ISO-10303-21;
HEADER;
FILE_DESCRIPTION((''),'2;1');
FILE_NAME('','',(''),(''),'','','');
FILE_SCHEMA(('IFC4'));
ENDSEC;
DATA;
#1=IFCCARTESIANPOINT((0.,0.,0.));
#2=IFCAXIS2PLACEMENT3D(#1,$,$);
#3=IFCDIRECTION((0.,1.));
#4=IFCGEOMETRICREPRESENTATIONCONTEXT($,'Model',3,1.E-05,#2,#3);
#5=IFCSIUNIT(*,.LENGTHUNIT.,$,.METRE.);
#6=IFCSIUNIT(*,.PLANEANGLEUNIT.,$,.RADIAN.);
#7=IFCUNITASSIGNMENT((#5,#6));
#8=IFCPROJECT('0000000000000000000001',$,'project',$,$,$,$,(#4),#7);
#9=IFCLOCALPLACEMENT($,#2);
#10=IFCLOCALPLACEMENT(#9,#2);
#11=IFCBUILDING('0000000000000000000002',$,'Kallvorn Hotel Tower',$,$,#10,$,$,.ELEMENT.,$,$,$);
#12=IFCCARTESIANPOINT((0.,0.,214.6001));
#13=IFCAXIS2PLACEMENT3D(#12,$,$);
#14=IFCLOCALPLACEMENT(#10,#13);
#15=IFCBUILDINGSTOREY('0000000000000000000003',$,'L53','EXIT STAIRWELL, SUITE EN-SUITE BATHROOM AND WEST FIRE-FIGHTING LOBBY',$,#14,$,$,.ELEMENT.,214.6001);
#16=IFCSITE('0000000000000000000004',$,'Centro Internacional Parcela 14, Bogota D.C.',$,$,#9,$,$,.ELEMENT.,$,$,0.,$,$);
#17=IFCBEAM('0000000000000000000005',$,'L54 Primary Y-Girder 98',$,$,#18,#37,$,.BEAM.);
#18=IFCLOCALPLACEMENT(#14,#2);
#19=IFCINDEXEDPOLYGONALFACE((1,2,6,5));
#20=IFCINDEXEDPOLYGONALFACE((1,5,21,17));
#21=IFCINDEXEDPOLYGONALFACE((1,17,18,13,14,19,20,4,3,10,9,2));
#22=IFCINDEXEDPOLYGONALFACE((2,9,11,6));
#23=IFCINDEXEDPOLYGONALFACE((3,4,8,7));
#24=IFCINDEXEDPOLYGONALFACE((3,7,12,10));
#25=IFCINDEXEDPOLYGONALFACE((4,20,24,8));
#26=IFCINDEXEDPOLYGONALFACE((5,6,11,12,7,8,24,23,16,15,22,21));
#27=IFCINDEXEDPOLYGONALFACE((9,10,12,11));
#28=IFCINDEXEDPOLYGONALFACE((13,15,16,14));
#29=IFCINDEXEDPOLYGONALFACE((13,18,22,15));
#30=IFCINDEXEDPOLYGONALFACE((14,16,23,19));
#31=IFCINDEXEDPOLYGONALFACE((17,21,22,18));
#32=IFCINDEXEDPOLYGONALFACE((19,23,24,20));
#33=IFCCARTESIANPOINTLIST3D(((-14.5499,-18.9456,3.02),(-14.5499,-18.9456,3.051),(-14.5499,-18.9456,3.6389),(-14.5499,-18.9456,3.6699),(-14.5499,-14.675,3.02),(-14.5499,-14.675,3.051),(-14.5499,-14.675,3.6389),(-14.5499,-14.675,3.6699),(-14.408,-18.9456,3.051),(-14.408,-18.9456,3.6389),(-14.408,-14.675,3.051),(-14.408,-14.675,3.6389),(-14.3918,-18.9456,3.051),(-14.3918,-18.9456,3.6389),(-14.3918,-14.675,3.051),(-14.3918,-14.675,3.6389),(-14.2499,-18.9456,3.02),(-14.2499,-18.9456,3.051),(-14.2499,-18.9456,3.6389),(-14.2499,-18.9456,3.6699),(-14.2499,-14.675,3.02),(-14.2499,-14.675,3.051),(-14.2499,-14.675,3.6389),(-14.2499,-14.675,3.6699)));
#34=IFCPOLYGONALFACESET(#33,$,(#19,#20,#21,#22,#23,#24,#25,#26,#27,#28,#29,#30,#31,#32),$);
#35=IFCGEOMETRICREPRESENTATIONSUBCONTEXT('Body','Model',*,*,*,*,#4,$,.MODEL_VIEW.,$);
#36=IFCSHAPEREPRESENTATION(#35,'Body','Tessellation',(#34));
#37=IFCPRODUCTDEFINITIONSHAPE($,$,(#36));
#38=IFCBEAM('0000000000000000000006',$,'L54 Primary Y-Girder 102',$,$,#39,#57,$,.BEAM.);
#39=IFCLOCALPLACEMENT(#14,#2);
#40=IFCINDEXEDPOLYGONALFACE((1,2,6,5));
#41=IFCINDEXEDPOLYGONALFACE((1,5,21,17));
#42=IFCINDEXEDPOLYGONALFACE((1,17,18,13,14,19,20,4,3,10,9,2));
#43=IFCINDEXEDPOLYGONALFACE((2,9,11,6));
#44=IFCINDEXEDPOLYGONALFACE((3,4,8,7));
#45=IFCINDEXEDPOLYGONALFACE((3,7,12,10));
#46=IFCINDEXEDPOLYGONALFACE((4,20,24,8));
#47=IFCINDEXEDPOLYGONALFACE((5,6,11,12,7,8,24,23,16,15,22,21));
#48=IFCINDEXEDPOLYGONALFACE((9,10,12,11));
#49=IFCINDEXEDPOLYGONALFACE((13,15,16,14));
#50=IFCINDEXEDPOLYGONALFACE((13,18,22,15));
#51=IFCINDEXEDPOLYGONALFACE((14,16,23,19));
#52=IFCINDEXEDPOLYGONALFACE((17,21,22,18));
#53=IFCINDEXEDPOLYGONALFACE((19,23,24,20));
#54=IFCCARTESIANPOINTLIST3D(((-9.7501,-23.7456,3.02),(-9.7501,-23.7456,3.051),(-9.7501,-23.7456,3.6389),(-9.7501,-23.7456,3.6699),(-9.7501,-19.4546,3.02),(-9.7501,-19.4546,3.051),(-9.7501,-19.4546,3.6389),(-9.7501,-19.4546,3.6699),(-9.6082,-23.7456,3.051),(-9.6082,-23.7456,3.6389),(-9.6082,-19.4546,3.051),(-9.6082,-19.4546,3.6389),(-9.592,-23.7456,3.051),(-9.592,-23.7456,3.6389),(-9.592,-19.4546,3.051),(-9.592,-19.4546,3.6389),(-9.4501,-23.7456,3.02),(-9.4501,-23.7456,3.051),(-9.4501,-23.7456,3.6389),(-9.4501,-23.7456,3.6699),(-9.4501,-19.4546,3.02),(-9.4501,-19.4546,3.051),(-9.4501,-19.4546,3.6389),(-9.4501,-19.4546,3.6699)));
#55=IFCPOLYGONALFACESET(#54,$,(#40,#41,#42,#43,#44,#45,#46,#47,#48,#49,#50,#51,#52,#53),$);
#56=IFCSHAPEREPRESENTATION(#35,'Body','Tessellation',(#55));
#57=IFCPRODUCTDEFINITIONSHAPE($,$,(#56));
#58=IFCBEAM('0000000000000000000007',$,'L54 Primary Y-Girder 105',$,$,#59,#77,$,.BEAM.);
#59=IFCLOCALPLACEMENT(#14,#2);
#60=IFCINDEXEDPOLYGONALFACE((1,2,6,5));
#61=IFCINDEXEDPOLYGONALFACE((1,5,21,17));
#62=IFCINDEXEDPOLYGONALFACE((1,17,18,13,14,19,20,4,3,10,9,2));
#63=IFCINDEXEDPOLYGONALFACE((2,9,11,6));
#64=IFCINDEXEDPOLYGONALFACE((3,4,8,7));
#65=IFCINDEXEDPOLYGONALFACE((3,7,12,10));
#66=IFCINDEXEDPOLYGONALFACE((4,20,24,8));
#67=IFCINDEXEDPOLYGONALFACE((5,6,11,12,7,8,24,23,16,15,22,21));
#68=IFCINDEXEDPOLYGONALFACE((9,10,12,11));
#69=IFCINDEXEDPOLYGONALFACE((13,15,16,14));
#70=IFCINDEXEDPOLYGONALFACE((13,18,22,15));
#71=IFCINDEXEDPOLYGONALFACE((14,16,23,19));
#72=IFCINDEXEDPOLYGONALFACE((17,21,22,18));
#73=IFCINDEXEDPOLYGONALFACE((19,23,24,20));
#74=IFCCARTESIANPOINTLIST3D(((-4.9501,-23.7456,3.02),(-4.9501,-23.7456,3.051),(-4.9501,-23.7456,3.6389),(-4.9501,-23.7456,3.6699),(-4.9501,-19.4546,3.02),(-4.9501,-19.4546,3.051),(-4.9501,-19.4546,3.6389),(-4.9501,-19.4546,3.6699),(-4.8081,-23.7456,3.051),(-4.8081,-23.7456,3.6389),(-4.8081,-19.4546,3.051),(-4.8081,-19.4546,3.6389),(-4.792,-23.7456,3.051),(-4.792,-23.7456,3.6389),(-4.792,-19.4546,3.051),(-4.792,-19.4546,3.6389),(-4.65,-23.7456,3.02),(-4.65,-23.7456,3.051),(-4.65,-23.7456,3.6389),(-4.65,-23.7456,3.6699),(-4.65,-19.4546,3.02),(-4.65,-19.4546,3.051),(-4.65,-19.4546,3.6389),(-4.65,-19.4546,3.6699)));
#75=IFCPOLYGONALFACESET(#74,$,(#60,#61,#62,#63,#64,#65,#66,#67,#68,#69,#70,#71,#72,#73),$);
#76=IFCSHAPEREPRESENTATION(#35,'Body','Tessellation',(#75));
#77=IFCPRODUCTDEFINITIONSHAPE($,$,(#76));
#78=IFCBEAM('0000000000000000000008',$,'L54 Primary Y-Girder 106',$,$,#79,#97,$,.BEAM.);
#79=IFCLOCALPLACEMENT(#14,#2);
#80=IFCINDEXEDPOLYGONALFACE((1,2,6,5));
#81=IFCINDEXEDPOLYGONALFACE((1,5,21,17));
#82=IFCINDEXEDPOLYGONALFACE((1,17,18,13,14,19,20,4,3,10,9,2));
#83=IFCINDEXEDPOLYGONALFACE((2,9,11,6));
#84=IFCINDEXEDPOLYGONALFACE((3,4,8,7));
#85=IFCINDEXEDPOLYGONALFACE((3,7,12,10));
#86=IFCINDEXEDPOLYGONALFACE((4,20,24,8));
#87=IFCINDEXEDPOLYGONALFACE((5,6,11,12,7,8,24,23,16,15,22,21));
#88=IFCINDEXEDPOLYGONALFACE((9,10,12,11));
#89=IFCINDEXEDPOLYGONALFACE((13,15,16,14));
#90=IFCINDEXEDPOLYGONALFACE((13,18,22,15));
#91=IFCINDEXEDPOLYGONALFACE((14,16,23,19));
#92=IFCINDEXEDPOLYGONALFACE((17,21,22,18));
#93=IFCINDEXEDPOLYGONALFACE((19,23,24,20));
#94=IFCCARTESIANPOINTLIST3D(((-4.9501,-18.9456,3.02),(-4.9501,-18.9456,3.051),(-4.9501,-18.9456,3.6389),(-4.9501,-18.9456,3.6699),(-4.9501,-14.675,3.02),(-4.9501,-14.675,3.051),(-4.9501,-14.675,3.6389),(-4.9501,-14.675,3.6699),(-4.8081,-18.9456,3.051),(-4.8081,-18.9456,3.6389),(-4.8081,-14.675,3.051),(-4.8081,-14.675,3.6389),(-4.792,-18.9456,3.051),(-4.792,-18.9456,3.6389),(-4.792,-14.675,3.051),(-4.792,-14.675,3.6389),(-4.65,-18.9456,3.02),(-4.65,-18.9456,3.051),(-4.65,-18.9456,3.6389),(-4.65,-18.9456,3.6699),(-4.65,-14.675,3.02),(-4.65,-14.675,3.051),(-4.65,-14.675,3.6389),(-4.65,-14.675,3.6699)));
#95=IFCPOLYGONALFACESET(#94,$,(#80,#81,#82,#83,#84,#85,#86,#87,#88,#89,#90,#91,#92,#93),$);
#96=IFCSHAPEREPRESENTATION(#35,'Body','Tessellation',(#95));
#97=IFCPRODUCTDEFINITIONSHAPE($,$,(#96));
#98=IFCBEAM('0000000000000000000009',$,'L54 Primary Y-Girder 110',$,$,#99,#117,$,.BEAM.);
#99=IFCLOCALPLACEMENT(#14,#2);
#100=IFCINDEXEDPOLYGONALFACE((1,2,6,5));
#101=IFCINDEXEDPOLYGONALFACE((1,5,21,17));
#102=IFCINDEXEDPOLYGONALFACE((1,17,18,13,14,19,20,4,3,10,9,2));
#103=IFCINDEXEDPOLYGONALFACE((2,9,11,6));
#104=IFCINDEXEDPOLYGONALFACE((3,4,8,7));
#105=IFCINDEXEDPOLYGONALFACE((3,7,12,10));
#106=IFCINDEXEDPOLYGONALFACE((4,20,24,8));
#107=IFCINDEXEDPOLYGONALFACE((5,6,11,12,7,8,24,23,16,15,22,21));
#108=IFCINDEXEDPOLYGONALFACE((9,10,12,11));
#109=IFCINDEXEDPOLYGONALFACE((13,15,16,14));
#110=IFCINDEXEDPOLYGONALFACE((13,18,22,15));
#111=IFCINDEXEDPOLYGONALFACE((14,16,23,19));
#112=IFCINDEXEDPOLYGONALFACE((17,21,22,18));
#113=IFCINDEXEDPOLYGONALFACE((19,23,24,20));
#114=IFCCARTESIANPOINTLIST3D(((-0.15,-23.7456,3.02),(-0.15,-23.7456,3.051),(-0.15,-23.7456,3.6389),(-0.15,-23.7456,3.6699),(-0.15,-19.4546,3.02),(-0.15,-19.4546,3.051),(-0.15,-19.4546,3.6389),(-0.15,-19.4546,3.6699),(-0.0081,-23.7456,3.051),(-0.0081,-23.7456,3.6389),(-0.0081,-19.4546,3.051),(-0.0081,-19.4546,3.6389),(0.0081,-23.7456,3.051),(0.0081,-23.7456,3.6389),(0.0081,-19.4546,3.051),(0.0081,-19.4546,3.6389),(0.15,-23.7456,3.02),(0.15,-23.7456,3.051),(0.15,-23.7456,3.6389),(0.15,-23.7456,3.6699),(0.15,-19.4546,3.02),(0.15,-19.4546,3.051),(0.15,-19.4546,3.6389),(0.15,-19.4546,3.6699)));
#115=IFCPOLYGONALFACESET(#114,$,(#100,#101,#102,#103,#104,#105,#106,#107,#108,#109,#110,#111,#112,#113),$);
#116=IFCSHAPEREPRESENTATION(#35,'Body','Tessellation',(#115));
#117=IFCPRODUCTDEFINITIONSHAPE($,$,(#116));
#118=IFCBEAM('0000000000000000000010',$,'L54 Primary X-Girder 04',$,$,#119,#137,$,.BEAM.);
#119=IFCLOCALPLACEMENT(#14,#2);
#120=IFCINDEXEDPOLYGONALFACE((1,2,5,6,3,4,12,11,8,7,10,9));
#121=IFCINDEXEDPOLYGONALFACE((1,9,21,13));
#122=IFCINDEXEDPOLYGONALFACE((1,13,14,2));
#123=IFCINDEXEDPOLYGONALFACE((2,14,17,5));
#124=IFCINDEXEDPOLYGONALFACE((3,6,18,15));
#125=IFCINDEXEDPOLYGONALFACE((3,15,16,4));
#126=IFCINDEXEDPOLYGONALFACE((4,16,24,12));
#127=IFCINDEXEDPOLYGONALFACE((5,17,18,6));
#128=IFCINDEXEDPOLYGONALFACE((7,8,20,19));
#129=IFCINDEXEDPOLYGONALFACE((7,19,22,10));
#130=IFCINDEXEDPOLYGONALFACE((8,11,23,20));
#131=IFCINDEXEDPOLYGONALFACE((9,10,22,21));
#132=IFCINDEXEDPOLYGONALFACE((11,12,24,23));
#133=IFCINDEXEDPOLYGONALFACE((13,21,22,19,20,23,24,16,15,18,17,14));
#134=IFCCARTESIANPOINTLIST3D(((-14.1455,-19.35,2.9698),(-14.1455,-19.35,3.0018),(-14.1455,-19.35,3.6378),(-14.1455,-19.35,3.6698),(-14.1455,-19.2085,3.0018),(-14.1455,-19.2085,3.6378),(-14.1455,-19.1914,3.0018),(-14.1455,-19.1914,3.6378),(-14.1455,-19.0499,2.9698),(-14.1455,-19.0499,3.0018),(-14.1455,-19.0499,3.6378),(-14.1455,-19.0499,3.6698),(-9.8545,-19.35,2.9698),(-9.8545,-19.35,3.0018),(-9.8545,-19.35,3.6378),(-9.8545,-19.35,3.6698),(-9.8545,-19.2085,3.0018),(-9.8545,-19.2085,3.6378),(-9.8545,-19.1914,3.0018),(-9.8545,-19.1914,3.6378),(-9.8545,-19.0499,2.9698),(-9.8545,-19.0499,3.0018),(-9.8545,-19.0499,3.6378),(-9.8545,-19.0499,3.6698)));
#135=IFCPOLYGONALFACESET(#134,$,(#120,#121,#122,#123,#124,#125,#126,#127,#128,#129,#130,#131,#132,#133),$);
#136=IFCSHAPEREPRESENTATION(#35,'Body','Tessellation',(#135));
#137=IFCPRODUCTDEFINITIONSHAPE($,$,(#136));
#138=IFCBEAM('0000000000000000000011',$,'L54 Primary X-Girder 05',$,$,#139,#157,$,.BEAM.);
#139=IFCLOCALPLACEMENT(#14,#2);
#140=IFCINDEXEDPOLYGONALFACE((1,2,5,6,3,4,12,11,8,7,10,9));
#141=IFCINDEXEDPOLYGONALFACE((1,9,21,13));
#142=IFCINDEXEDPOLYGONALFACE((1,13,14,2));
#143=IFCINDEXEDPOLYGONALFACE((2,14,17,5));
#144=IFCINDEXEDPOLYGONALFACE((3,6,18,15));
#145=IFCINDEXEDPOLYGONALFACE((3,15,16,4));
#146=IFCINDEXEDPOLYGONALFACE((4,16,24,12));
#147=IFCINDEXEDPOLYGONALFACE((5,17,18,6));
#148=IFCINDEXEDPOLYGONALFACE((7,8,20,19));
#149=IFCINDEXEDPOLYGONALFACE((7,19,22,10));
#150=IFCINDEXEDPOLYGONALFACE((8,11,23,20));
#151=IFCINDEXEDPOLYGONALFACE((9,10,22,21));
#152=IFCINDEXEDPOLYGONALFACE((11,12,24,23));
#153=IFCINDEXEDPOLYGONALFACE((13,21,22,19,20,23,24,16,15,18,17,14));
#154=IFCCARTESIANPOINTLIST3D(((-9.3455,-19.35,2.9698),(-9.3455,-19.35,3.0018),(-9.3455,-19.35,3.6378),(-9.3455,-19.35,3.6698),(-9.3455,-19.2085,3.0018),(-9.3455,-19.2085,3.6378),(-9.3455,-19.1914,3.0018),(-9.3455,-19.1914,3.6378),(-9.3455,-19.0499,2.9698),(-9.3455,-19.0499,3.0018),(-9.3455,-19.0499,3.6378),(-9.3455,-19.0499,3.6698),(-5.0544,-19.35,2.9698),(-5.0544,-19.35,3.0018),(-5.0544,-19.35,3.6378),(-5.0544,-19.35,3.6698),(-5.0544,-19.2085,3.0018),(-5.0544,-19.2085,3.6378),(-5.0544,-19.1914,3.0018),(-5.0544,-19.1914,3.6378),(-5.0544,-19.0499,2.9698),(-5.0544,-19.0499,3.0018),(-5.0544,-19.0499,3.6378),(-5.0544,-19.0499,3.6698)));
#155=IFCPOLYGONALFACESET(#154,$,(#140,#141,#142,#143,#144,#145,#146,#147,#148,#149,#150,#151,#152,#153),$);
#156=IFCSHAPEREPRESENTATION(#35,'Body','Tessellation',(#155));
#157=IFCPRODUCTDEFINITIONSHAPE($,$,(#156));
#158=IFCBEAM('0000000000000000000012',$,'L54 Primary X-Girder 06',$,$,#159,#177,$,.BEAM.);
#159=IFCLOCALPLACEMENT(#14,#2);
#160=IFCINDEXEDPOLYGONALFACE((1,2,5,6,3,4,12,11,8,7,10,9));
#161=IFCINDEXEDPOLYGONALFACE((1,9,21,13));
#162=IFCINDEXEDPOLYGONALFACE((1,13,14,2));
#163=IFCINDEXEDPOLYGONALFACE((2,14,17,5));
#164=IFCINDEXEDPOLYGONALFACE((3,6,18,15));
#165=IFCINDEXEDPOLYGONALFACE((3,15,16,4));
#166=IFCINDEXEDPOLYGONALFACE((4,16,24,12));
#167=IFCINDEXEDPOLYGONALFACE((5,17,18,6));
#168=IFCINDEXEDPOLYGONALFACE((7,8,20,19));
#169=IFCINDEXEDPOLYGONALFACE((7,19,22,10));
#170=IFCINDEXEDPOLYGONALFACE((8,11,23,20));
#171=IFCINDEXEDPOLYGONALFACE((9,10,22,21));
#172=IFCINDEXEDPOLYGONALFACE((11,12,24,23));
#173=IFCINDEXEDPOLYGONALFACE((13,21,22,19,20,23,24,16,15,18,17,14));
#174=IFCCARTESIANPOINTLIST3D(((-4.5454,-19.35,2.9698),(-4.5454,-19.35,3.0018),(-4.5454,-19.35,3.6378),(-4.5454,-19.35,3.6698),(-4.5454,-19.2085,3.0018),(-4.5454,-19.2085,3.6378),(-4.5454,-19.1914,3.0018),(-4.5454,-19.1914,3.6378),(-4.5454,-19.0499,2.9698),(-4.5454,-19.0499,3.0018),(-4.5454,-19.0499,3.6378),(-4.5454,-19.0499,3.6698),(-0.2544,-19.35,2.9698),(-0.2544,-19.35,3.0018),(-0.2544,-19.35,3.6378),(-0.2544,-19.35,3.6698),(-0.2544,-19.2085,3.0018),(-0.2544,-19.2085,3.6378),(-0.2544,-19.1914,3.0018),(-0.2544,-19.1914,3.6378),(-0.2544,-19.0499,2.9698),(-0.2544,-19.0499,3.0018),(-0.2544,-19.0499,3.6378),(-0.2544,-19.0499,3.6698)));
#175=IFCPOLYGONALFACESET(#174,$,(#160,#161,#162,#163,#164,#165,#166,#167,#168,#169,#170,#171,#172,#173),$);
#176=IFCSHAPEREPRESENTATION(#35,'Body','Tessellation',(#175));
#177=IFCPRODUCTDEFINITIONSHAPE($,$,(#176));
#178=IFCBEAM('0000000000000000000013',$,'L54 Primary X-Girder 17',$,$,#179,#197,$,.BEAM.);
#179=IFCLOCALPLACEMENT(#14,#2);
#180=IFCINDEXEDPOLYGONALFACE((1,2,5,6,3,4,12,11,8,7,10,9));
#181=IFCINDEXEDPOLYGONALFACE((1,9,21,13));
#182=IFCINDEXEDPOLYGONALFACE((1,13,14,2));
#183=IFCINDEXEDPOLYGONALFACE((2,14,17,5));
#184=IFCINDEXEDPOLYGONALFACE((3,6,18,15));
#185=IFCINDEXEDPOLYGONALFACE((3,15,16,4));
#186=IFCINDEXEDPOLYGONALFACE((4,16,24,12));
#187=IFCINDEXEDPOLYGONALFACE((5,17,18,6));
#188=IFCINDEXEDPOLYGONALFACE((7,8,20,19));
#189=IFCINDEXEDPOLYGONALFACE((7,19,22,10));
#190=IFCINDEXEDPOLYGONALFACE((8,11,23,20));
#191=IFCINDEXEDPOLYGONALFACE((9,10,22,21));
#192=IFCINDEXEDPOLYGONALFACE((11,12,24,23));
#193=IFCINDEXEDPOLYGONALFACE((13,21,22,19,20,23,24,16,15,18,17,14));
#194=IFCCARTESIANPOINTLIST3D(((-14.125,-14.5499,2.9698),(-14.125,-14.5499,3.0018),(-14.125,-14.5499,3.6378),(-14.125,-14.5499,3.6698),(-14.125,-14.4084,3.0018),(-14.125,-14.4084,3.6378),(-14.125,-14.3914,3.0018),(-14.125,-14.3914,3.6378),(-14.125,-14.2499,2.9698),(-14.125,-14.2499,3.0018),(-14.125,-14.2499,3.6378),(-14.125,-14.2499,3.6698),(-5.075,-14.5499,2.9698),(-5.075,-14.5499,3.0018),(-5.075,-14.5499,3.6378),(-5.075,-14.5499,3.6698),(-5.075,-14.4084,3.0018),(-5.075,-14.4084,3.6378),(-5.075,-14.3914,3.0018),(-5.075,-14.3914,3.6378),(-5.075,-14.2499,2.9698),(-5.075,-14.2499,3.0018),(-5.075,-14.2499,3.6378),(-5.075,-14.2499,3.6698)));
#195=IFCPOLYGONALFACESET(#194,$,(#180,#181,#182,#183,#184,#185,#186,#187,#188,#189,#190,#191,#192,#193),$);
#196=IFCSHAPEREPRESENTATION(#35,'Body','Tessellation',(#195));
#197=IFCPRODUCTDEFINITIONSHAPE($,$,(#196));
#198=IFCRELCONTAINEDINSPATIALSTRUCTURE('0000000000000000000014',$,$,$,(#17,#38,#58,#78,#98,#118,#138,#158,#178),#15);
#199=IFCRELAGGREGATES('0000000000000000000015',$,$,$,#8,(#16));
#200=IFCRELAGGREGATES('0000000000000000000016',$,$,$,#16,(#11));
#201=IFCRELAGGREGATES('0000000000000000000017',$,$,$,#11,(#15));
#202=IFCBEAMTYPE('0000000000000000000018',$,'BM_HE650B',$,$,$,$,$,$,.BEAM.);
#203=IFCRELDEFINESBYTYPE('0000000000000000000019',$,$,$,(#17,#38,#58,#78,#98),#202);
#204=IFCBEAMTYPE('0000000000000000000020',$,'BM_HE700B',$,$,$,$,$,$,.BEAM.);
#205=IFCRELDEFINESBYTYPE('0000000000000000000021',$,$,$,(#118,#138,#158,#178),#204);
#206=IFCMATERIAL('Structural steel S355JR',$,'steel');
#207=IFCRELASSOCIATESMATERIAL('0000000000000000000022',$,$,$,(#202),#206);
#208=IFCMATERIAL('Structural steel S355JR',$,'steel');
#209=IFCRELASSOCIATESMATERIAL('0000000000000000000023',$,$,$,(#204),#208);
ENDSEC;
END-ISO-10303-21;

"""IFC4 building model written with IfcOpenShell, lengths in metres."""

from ifc_helpers import new_model, si_unit, direction, frame, origin, origin_2d, place, context, subcontext, project, spatial, i_section, extrude, material, material_profile, profile_set, type_object, element, save


model = new_model("IFC4")

# Units and contexts
model_context = context("Model", 3, precision=1e-05, world=origin(), true_north=direction((0.0, 1.0)))
body_context = subcontext(model_context, "Body", "Model", "MODEL_VIEW")
ifc_project = project(units=[si_unit("LENGTHUNIT", "METRE"), si_unit("PLANEANGLEUNIT", "RADIAN")], contexts=[model_context])

# Site, building, storey
site_placement = place(None, origin())
site = spatial("IfcSite", under=ifc_project, at=site_placement, Name="Centro Internacional Parcela 14, Bogota D.C.", CompositionType="ELEMENT", RefElevation=0.0)
building_placement = place(site_placement, origin())
building = spatial("IfcBuilding", under=site, at=building_placement, Name="Kallvorn Hotel Tower", CompositionType="ELEMENT")
storey_placement = place(building_placement, frame((0.0, 0.0, 214.6001)))
storey = spatial("IfcBuildingStorey", under=building, at=storey_placement, Name="L53", Description="EXIT STAIRWELL, SUITE EN-SUITE BATHROOM AND WEST FIRE-FIGHTING LOBBY", CompositionType="ELEMENT", Elevation=214.6001)

# Beams
ifc_material_1 = material(Name="Structural steel S355JR", Category="steel")
ifc_material_profile_1 = material_profile(ifc_material_1, i_section(OverallWidth=0.3, OverallDepth=0.6499, WebThickness=0.0161, FlangeThickness=0.031, at=origin_2d()), Name="HE 650 B")
ifc_profile_set_1 = profile_set([ifc_material_profile_1], Name="Structural steel S355JR")
beam_type_1 = type_object("IfcBeamType", Name="BM_HE650B", PredefinedType="BEAM", material=ifc_profile_set_1)
beam_1_placement = place(storey_placement, frame((-14.3999, -18.9456, 3.345), z_axis=(0.0, 1.0, 0.0), x_axis=(-1.0, 0.0, 0.0)))
element("IfcBeam", 1, at=beam_1_placement, inside=storey, type_object=beam_type_1, Name="L54 Primary Y-Girder 98", PredefinedType="BEAM", context=body_context, shape_type="SweptSolid", body=[
    extrude(i_section(OverallWidth=0.3, OverallDepth=0.6499, WebThickness=0.0161, FlangeThickness=0.031, at=origin_2d()), origin(), (0.0, 0.0, 1.0), 4.2705),
])
for number, where, z_axis, x_axis, name in (
    (2, (-9.6001, -23.7456, 3.345), (0.0, 1.0, 0.0), (-1.0, 0.0, 0.0), "L54 Primary Y-Girder 102"),
    (3, (-4.8, -23.7456, 3.345), (0.0, 1.0, 0.0), (-1.0, 0.0, 0.0), "L54 Primary Y-Girder 105"),
):
    element("IfcBeam", number, at=place(storey_placement, frame(where, z_axis=z_axis, x_axis=x_axis)), inside=storey, type_object=beam_type_1, Name=name, PredefinedType="BEAM", context=body_context, shape_type="SweptSolid", body=[
        extrude(i_section(OverallWidth=0.3, OverallDepth=0.6499, WebThickness=0.0161, FlangeThickness=0.031, at=origin_2d()), origin(), (0.0, 0.0, 1.0), 4.291),
    ])
beam_2_placement = place(storey_placement, frame((-4.8, -18.9456, 3.345), z_axis=(0.0, 1.0, 0.0), x_axis=(-1.0, 0.0, 0.0)))
element("IfcBeam", 4, at=beam_2_placement, inside=storey, type_object=beam_type_1, Name="L54 Primary Y-Girder 106", PredefinedType="BEAM", context=body_context, shape_type="SweptSolid", body=[
    extrude(i_section(OverallWidth=0.3, OverallDepth=0.6499, WebThickness=0.0161, FlangeThickness=0.031, at=origin_2d()), origin(), (0.0, 0.0, 1.0), 4.2705),
])
beam_3_placement = place(storey_placement, frame((0.0, -23.7456, 3.345), z_axis=(0.0, 1.0, 0.0), x_axis=(-1.0, 0.0, 0.0)))
element("IfcBeam", 5, at=beam_3_placement, inside=storey, type_object=beam_type_1, Name="L54 Primary Y-Girder 110", PredefinedType="BEAM", context=body_context, shape_type="SweptSolid", body=[
    extrude(i_section(OverallWidth=0.3, OverallDepth=0.6499, WebThickness=0.0161, FlangeThickness=0.031, at=origin_2d()), origin(), (0.0, 0.0, 1.0), 4.291),
])
ifc_material_2 = material(Name="Structural steel S355JR", Category="steel")
ifc_material_profile_2 = material_profile(ifc_material_2, i_section(OverallWidth=0.3, OverallDepth=0.7, WebThickness=0.0171, FlangeThickness=0.032, at=origin_2d()), Name="HE 700 B")
ifc_profile_set_2 = profile_set([ifc_material_profile_2], Name="Structural steel S355JR")
beam_type_2 = type_object("IfcBeamType", Name="BM_HE700B", PredefinedType="BEAM", material=ifc_profile_set_2)
for number, where, z_axis, x_axis, name in (
    (6, (-14.1455, -19.2, 3.3198), (1.0, 0.0, 0.0), (0.0, 1.0, 0.0), "L54 Primary X-Girder 04"),
    (7, (-9.3455, -19.2, 3.3198), (1.0, 0.0, 0.0), (0.0, 1.0, 0.0), "L54 Primary X-Girder 05"),
    (8, (-4.5454, -19.2, 3.3198), (1.0, 0.0, 0.0), (0.0, 1.0, 0.0), "L54 Primary X-Girder 06"),
):
    element("IfcBeam", number, at=place(storey_placement, frame(where, z_axis=z_axis, x_axis=x_axis)), inside=storey, type_object=beam_type_2, Name=name, PredefinedType="BEAM", context=body_context, shape_type="SweptSolid", body=[
        extrude(i_section(OverallWidth=0.3, OverallDepth=0.7, WebThickness=0.0171, FlangeThickness=0.032, at=origin_2d()), origin(), (0.0, 0.0, 1.0), 4.291),
    ])
beam_4_placement = place(storey_placement, frame((-14.125, -14.3999, 3.3198), z_axis=(1.0, 0.0, 0.0), x_axis=(0.0, 1.0, 0.0)))
element("IfcBeam", 9, at=beam_4_placement, inside=storey, type_object=beam_type_2, Name="L54 Primary X-Girder 17", PredefinedType="BEAM", context=body_context, shape_type="SweptSolid", body=[
    extrude(i_section(OverallWidth=0.3, OverallDepth=0.7, WebThickness=0.0171, FlangeThickness=0.032, at=origin_2d()), origin(), (0.0, 0.0, 1.0), 9.05),
])

save(model, "model.ifc")
